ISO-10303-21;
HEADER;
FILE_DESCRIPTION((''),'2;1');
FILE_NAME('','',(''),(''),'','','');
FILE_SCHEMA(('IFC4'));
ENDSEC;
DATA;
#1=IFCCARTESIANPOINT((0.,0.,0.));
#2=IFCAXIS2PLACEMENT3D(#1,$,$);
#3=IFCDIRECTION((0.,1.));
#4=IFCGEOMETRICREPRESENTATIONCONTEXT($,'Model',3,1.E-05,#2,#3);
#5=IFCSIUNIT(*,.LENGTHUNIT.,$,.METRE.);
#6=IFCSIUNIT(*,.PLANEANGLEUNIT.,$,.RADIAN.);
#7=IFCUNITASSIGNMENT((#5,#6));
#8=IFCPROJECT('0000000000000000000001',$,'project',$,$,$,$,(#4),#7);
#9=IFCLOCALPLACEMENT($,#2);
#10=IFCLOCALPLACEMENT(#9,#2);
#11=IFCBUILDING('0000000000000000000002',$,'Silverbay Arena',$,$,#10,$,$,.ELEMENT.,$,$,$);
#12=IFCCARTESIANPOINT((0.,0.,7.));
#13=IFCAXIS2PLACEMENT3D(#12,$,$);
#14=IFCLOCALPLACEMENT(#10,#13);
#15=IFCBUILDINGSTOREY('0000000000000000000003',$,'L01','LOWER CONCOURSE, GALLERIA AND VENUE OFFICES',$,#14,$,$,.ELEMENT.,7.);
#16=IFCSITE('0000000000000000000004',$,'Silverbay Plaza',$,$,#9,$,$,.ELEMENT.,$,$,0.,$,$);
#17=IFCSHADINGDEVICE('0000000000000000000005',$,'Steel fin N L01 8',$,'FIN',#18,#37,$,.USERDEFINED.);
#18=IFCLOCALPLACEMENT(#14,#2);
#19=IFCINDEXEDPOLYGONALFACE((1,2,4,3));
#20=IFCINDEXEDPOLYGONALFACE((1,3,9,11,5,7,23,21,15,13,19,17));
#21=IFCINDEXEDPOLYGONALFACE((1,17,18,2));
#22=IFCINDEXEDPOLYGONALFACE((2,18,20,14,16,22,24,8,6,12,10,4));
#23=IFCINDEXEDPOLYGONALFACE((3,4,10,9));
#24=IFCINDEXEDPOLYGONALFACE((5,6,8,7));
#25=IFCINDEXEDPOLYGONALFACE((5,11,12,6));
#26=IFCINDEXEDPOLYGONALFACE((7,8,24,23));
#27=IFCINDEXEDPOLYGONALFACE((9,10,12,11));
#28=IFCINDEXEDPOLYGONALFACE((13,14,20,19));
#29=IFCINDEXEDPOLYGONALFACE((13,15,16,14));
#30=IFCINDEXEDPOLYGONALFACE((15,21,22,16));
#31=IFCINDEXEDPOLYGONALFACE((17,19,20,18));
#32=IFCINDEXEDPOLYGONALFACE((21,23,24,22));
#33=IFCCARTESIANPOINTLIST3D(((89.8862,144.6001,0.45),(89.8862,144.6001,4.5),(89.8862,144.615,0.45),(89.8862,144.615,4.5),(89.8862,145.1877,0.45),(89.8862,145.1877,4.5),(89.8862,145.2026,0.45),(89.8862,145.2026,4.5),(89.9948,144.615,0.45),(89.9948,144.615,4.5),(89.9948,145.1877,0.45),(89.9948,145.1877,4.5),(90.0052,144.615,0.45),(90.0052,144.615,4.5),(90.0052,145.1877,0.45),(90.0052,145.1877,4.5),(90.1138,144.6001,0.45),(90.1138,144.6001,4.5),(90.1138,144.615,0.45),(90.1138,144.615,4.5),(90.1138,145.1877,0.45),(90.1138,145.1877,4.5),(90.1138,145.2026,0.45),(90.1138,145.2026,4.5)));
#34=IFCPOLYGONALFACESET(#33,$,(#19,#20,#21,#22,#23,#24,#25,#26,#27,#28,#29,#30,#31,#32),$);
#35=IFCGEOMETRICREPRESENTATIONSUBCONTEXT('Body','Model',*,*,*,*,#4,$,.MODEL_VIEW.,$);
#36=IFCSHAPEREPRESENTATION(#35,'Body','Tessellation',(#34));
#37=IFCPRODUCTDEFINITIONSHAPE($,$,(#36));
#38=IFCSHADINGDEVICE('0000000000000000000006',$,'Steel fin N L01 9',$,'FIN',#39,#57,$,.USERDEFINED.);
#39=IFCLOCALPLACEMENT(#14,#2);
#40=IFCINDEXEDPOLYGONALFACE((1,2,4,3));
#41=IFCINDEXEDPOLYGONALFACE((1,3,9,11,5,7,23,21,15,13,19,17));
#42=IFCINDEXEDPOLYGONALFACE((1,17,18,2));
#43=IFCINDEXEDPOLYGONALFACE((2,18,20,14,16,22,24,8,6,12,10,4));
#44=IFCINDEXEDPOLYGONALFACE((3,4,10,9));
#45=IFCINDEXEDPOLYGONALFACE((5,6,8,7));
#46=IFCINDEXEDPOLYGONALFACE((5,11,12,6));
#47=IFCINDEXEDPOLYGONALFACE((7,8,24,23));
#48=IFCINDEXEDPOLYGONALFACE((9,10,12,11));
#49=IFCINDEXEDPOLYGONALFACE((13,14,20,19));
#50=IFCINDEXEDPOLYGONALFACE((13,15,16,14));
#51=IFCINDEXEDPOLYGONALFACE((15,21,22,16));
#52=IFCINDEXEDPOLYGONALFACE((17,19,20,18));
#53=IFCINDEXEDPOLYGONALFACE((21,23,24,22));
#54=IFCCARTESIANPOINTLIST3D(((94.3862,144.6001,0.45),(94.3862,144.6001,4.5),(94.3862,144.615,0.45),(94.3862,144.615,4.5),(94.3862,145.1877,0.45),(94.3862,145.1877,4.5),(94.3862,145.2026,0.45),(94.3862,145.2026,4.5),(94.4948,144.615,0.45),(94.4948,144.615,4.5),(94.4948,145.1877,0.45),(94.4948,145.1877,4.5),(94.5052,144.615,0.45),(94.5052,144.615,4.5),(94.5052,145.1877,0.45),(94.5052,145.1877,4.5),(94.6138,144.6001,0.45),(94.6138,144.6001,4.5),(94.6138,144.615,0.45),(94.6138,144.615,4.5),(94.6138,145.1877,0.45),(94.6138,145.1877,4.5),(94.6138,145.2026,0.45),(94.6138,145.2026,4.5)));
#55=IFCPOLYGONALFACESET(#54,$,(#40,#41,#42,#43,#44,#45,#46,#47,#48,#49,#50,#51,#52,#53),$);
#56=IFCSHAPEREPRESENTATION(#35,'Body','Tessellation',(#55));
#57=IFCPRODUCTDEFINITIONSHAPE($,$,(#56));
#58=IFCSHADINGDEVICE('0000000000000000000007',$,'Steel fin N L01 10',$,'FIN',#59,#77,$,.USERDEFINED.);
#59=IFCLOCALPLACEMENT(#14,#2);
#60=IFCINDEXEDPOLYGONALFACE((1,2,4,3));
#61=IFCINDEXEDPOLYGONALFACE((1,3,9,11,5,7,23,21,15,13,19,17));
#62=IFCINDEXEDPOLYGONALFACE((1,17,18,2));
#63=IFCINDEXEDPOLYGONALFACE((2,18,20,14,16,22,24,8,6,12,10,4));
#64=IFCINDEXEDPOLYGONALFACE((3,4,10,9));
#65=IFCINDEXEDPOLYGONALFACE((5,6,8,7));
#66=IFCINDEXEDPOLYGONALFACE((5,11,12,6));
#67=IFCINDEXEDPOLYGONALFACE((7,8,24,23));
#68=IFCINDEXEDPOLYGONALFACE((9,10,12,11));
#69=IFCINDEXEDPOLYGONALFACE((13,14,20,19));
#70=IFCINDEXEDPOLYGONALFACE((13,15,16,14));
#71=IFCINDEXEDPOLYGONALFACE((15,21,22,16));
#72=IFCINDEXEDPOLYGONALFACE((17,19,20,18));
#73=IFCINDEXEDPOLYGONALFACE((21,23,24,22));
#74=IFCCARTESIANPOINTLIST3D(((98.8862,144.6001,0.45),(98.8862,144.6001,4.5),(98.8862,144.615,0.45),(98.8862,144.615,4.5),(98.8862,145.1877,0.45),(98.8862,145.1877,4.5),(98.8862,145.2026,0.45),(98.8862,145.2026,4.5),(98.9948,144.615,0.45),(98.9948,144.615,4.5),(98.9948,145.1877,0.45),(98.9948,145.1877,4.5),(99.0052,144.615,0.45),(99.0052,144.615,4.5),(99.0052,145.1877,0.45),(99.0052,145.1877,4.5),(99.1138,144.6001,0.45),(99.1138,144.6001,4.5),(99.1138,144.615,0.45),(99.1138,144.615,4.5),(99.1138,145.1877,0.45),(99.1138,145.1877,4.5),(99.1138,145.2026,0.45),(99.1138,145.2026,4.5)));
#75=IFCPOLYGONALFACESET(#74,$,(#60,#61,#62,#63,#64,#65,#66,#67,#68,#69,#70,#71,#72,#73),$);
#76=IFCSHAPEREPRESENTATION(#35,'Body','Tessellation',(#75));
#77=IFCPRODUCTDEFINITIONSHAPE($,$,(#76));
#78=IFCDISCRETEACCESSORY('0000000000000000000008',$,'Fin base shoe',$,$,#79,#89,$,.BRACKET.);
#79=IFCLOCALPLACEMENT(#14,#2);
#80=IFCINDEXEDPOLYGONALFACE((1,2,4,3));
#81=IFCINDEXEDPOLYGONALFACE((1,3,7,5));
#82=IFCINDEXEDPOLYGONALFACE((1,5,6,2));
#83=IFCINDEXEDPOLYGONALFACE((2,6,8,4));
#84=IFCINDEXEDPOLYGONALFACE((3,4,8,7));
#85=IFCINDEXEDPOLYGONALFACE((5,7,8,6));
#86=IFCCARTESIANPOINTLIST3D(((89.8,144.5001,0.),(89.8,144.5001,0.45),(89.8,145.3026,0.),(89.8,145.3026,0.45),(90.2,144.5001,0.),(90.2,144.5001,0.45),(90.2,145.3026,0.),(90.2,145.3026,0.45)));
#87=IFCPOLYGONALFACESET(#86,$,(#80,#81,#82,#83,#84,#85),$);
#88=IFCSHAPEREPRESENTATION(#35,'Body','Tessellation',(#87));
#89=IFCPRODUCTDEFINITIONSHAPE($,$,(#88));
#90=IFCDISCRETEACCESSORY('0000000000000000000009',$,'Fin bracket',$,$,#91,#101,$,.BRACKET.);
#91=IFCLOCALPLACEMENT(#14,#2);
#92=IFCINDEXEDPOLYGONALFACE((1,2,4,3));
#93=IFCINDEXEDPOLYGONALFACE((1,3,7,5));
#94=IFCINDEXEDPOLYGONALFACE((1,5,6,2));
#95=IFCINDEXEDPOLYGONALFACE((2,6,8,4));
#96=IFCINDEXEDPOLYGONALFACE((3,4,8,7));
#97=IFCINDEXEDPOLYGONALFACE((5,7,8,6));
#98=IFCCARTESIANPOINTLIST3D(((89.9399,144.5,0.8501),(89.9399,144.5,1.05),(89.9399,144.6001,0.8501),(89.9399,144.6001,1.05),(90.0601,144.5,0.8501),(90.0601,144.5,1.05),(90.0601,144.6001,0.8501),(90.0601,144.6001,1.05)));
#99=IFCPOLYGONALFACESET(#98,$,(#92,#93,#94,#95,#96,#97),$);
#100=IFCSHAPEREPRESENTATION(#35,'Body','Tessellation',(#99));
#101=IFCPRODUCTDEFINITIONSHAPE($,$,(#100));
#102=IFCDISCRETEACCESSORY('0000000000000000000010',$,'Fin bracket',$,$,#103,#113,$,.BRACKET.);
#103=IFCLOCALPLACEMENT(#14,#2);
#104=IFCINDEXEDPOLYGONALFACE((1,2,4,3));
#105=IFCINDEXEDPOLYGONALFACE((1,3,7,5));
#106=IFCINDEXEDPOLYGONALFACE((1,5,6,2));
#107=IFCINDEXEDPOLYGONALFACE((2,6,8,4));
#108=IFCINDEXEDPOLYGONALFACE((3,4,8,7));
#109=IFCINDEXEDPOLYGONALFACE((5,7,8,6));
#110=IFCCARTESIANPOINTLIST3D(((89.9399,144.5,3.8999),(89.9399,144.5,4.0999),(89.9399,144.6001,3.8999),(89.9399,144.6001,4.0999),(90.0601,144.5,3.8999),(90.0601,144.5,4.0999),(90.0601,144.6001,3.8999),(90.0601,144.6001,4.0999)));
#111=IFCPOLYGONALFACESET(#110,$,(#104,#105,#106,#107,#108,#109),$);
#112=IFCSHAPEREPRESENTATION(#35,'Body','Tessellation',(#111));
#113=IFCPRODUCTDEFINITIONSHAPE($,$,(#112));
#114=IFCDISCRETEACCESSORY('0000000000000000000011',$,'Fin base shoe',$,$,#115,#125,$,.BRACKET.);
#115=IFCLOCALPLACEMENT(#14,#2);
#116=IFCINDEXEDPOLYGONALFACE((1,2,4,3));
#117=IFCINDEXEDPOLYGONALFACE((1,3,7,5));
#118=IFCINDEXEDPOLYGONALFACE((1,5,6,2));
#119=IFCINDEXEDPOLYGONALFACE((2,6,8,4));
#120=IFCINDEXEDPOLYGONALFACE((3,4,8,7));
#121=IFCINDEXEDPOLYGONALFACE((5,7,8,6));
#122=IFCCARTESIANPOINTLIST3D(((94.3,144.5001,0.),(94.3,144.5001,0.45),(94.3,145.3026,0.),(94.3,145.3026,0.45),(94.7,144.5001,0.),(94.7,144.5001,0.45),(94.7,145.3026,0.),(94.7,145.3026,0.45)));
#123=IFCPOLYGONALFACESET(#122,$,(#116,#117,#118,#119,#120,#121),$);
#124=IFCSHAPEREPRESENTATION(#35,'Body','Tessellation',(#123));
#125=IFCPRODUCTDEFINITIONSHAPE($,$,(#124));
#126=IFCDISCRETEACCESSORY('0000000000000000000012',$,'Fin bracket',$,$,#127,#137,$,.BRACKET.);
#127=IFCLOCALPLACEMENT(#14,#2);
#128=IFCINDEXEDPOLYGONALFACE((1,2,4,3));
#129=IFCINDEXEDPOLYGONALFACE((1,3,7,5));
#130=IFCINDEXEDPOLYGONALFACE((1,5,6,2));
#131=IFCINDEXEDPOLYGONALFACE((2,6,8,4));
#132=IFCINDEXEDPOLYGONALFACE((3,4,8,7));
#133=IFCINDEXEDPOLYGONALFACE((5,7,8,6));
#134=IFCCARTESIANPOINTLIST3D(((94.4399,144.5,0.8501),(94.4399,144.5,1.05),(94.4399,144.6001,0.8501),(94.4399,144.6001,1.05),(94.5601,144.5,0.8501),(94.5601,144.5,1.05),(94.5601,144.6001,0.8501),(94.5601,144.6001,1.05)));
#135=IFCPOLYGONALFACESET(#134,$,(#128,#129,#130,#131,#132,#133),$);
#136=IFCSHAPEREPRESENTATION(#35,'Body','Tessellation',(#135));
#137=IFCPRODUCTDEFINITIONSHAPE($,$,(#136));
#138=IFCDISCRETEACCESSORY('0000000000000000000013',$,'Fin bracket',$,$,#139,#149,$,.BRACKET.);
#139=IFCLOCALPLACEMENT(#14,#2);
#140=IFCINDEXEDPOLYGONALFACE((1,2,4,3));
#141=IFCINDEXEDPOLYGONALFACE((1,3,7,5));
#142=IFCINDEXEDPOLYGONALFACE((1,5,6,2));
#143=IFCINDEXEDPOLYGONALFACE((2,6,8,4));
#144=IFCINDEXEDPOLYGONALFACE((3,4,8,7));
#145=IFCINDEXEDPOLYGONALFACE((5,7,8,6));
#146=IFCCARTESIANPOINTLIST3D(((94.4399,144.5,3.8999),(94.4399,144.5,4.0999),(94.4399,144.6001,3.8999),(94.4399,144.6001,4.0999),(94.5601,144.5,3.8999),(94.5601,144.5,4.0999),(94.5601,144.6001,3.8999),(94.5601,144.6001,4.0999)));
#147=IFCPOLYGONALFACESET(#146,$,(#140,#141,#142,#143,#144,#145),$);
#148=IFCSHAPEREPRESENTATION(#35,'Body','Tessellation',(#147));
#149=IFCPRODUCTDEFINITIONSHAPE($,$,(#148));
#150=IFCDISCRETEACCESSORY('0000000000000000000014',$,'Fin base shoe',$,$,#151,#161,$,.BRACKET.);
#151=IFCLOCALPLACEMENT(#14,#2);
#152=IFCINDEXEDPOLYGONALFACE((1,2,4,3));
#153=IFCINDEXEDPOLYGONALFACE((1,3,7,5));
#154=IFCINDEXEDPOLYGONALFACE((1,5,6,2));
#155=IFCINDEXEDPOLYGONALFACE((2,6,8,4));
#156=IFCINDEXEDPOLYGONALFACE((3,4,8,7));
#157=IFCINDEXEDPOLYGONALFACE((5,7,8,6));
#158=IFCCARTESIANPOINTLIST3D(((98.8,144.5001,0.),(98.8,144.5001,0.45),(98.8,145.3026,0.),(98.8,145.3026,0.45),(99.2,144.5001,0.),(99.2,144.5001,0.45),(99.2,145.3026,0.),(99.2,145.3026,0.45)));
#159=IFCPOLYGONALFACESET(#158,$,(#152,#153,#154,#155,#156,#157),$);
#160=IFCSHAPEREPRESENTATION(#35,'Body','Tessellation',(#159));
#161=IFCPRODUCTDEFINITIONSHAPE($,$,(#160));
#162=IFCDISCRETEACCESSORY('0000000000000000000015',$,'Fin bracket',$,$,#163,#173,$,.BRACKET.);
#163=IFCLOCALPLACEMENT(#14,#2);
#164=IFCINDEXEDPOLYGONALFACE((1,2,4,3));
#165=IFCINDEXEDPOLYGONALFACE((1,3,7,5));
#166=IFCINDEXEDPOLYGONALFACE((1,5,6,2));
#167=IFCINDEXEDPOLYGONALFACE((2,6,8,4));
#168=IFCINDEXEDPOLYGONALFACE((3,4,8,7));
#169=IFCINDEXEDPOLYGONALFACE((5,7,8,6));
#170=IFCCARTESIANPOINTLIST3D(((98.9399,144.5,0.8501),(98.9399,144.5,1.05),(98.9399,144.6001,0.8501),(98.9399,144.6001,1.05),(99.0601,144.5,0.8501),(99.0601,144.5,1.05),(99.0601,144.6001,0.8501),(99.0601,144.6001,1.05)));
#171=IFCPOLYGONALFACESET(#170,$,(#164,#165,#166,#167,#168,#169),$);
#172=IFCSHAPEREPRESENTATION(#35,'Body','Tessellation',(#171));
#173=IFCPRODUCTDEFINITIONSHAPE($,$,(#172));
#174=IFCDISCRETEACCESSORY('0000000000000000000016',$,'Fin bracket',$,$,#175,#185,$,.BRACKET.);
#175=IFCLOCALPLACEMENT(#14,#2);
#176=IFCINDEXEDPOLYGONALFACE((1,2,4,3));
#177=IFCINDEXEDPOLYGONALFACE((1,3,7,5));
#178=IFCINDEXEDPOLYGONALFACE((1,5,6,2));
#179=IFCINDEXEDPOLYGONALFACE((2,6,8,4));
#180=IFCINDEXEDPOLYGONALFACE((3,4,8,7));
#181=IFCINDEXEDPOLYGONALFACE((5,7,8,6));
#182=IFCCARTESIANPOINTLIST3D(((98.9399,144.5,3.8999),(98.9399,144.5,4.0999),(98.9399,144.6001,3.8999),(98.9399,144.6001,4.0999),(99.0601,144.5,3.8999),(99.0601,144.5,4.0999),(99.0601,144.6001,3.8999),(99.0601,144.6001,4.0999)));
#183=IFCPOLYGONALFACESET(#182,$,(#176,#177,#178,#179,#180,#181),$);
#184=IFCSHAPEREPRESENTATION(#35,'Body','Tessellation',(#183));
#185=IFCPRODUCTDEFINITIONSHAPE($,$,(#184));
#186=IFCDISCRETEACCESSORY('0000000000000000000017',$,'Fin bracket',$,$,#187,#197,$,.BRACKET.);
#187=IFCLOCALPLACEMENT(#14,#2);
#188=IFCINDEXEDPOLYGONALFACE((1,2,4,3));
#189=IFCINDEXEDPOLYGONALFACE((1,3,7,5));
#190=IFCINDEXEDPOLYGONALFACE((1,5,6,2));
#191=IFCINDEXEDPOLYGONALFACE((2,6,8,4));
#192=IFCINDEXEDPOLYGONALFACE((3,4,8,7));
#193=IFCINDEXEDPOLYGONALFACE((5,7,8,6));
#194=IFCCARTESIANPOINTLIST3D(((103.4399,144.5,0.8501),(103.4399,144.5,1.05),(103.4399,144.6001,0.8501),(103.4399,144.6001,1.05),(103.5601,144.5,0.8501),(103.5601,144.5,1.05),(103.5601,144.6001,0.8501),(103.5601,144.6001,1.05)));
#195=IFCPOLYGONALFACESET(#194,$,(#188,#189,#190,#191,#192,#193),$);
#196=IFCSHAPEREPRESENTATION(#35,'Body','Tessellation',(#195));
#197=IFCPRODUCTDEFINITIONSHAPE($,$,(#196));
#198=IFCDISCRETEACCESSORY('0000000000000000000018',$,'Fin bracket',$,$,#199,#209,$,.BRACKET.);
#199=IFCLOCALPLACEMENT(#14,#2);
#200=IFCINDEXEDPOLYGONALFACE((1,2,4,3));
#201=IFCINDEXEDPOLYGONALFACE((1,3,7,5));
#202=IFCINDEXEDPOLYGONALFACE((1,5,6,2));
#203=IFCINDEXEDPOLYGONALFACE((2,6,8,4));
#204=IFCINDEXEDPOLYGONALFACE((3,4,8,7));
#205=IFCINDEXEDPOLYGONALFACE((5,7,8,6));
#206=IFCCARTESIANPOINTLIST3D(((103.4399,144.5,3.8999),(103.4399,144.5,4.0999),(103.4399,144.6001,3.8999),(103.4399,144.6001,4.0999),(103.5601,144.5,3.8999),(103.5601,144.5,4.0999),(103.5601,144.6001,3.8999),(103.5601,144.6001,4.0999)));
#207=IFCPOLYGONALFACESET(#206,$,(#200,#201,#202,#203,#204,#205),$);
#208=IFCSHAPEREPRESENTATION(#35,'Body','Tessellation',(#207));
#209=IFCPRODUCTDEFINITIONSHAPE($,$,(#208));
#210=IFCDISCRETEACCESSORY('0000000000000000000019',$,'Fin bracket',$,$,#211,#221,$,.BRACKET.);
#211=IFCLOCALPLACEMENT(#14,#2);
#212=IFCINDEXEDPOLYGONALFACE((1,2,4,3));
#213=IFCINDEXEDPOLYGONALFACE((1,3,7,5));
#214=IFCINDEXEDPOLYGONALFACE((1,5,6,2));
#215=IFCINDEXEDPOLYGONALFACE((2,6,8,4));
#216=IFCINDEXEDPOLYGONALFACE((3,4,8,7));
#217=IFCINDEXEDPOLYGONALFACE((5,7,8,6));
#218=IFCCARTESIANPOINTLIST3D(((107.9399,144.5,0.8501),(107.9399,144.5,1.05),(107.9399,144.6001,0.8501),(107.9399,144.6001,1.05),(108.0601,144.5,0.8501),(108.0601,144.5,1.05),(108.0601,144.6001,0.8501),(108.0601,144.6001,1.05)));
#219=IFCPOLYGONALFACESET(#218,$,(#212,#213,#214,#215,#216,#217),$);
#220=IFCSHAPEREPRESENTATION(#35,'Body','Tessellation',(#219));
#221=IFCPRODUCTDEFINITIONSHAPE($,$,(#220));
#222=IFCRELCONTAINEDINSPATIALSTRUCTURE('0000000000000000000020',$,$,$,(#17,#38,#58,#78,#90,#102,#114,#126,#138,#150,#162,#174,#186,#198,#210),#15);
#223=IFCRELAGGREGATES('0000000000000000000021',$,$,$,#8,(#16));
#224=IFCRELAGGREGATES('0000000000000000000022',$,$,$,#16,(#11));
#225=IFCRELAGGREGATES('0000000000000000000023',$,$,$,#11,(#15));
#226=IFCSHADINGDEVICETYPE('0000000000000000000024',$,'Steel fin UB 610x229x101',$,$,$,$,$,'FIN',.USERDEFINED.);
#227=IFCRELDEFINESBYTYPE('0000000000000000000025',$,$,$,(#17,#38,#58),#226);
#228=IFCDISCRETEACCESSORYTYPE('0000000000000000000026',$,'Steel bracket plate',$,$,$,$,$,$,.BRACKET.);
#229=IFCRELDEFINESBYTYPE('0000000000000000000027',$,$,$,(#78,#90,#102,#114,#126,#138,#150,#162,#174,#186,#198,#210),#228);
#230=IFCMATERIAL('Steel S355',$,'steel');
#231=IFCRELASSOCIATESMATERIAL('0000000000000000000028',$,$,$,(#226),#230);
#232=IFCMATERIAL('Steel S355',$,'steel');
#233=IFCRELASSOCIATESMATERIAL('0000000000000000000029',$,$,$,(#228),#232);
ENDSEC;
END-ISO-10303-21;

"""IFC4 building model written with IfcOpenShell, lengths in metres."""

from ifc_helpers import new_model, si_unit, direction, frame, origin, origin_2d, place, context, subcontext, project, spatial, rectangle, i_section, extrude, material, material_profile, profile_set, type_object, element, save


model = new_model("IFC4")

# Units and contexts
model_context = context("Model", 3, precision=1e-05, world=origin(), true_north=direction((0.0, 1.0)))
body_context = subcontext(model_context, "Body", "Model", "MODEL_VIEW")
ifc_project = project(units=[si_unit("LENGTHUNIT", "METRE"), si_unit("PLANEANGLEUNIT", "RADIAN")], contexts=[model_context])

# Site, building, storey
site_placement = place(None, origin())
site = spatial("IfcSite", under=ifc_project, at=site_placement, Name="Silverbay Plaza", CompositionType="ELEMENT", RefElevation=0.0)
building_placement = place(site_placement, origin())
building = spatial("IfcBuilding", under=site, at=building_placement, Name="Silverbay Arena", CompositionType="ELEMENT")
storey_placement = place(building_placement, frame((0.0, 0.0, 7.0)))
storey = spatial("IfcBuildingStorey", under=building, at=storey_placement, Name="L01", Description="LOWER CONCOURSE, GALLERIA AND VENUE OFFICES", CompositionType="ELEMENT", Elevation=7.0)

# Shading devices
ifc_material_1 = material(Name="Steel S355", Category="steel")
ifc_material_profile_1 = material_profile(ifc_material_1, i_section(OverallWidth=0.2275, OverallDepth=0.6025, WebThickness=0.0105, FlangeThickness=0.0149, at=origin_2d()), Name="UB 610x229x101")
ifc_profile_set_1 = profile_set([ifc_material_profile_1], Name="Steel S355")
shading_device_type = type_object("IfcShadingDeviceType", Name="Steel fin UB 610x229x101", ElementType="FIN", PredefinedType="USERDEFINED", material=ifc_profile_set_1)
for number, where, z_axis, x_axis, name in (
    (1, (90.0, 144.9014, 0.45), (0.0, 0.0, 1.0), (1.0, 0.0, 0.0), "Steel fin N L01 8"),
    (2, (94.5, 144.9014, 0.45), (0.0, 0.0, 1.0), (1.0, 0.0, 0.0), "Steel fin N L01 9"),
    (3, (99.0, 144.9014, 0.45), (0.0, 0.0, 1.0), (1.0, 0.0, 0.0), "Steel fin N L01 10"),
):
    element("IfcShadingDevice", number, at=place(storey_placement, frame(where, z_axis=z_axis, x_axis=x_axis)), inside=storey, type_object=shading_device_type, Name=name, ObjectType="FIN", PredefinedType="USERDEFINED", context=body_context, shape_type="SweptSolid", body=[
        extrude(i_section(OverallWidth=0.2275, OverallDepth=0.6025, WebThickness=0.0105, FlangeThickness=0.0149, at=origin_2d()), origin(), (0.0, 0.0, 1.0), 4.05),
    ])

# Discrete accessories
ifc_material_2 = material(Name="Steel S355", Category="steel")
discrete_accessory_type = type_object("IfcDiscreteAccessoryType", Name="Steel bracket plate", PredefinedType="BRACKET", material=ifc_material_2)
discrete_accessory_1_placement = place(storey_placement, frame((90.0, 144.9014, 0.0), z_axis=(0.0, 0.0, 1.0), x_axis=(1.0, 0.0, 0.0)))
element("IfcDiscreteAccessory", 4, at=discrete_accessory_1_placement, inside=storey, type_object=discrete_accessory_type, Name="Fin base shoe", PredefinedType="BRACKET", context=body_context, shape_type="SweptSolid", body=[
    extrude(rectangle(XDim=0.3999, YDim=0.8025, at=origin_2d()), origin(), (0.0, 0.0, 1.0), 0.45),
])
for number, where, z_axis, x_axis, name in (
    (5, (90.0, 144.55, 0.8501), (0.0, 0.0, 1.0), (1.0, 0.0, 0.0), "Fin bracket"),
    (6, (90.0, 144.55, 3.8999), (0.0, 0.0, 1.0), (1.0, 0.0, 0.0), "Fin bracket"),
):
    element("IfcDiscreteAccessory", number, at=place(storey_placement, frame(where, z_axis=z_axis, x_axis=x_axis)), inside=storey, type_object=discrete_accessory_type, Name=name, PredefinedType="BRACKET", context=body_context, shape_type="SweptSolid", body=[
        extrude(rectangle(XDim=0.1201, YDim=0.1001, at=origin_2d()), origin(), (0.0, 0.0, 1.0), 0.2),
    ])
discrete_accessory_2_placement = place(storey_placement, frame((94.5, 144.9014, 0.0), z_axis=(0.0, 0.0, 1.0), x_axis=(1.0, 0.0, 0.0)))
element("IfcDiscreteAccessory", 7, at=discrete_accessory_2_placement, inside=storey, type_object=discrete_accessory_type, Name="Fin base shoe", PredefinedType="BRACKET", context=body_context, shape_type="SweptSolid", body=[
    extrude(rectangle(XDim=0.3999, YDim=0.8025, at=origin_2d()), origin(), (0.0, 0.0, 1.0), 0.45),
])
for number, where, z_axis, x_axis, name in (
    (8, (94.5, 144.55, 0.8501), (0.0, 0.0, 1.0), (1.0, 0.0, 0.0), "Fin bracket"),
    (9, (94.5, 144.55, 3.8999), (0.0, 0.0, 1.0), (1.0, 0.0, 0.0), "Fin bracket"),
):
    element("IfcDiscreteAccessory", number, at=place(storey_placement, frame(where, z_axis=z_axis, x_axis=x_axis)), inside=storey, type_object=discrete_accessory_type, Name=name, PredefinedType="BRACKET", context=body_context, shape_type="SweptSolid", body=[
        extrude(rectangle(XDim=0.1201, YDim=0.1001, at=origin_2d()), origin(), (0.0, 0.0, 1.0), 0.2),
    ])
discrete_accessory_3_placement = place(storey_placement, frame((99.0, 144.9014, 0.0), z_axis=(0.0, 0.0, 1.0), x_axis=(1.0, 0.0, 0.0)))
element("IfcDiscreteAccessory", 10, at=discrete_accessory_3_placement, inside=storey, type_object=discrete_accessory_type, Name="Fin base shoe", PredefinedType="BRACKET", context=body_context, shape_type="SweptSolid", body=[
    extrude(rectangle(XDim=0.3999, YDim=0.8025, at=origin_2d()), origin(), (0.0, 0.0, 1.0), 0.45),
])
for number, where, z_axis, x_axis, name in (
    (11, (99.0, 144.55, 0.8501), (0.0, 0.0, 1.0), (1.0, 0.0, 0.0), "Fin bracket"),
    (12, (99.0, 144.55, 3.8999), (0.0, 0.0, 1.0), (1.0, 0.0, 0.0), "Fin bracket"),
    (13, (103.5, 144.55, 0.8501), (0.0, 0.0, 1.0), (1.0, 0.0, 0.0), "Fin bracket"),
    (14, (103.5, 144.55, 3.8999), (0.0, 0.0, 1.0), (1.0, 0.0, 0.0), "Fin bracket"),
    (15, (108.0, 144.55, 0.8501), (0.0, 0.0, 1.0), (1.0, 0.0, 0.0), "Fin bracket"),
):
    element("IfcDiscreteAccessory", number, at=place(storey_placement, frame(where, z_axis=z_axis, x_axis=x_axis)), inside=storey, type_object=discrete_accessory_type, Name=name, PredefinedType="BRACKET", context=body_context, shape_type="SweptSolid", body=[
        extrude(rectangle(XDim=0.1201, YDim=0.1001, at=origin_2d()), origin(), (0.0, 0.0, 1.0), 0.2),
    ])

save(model, "model.ifc")
